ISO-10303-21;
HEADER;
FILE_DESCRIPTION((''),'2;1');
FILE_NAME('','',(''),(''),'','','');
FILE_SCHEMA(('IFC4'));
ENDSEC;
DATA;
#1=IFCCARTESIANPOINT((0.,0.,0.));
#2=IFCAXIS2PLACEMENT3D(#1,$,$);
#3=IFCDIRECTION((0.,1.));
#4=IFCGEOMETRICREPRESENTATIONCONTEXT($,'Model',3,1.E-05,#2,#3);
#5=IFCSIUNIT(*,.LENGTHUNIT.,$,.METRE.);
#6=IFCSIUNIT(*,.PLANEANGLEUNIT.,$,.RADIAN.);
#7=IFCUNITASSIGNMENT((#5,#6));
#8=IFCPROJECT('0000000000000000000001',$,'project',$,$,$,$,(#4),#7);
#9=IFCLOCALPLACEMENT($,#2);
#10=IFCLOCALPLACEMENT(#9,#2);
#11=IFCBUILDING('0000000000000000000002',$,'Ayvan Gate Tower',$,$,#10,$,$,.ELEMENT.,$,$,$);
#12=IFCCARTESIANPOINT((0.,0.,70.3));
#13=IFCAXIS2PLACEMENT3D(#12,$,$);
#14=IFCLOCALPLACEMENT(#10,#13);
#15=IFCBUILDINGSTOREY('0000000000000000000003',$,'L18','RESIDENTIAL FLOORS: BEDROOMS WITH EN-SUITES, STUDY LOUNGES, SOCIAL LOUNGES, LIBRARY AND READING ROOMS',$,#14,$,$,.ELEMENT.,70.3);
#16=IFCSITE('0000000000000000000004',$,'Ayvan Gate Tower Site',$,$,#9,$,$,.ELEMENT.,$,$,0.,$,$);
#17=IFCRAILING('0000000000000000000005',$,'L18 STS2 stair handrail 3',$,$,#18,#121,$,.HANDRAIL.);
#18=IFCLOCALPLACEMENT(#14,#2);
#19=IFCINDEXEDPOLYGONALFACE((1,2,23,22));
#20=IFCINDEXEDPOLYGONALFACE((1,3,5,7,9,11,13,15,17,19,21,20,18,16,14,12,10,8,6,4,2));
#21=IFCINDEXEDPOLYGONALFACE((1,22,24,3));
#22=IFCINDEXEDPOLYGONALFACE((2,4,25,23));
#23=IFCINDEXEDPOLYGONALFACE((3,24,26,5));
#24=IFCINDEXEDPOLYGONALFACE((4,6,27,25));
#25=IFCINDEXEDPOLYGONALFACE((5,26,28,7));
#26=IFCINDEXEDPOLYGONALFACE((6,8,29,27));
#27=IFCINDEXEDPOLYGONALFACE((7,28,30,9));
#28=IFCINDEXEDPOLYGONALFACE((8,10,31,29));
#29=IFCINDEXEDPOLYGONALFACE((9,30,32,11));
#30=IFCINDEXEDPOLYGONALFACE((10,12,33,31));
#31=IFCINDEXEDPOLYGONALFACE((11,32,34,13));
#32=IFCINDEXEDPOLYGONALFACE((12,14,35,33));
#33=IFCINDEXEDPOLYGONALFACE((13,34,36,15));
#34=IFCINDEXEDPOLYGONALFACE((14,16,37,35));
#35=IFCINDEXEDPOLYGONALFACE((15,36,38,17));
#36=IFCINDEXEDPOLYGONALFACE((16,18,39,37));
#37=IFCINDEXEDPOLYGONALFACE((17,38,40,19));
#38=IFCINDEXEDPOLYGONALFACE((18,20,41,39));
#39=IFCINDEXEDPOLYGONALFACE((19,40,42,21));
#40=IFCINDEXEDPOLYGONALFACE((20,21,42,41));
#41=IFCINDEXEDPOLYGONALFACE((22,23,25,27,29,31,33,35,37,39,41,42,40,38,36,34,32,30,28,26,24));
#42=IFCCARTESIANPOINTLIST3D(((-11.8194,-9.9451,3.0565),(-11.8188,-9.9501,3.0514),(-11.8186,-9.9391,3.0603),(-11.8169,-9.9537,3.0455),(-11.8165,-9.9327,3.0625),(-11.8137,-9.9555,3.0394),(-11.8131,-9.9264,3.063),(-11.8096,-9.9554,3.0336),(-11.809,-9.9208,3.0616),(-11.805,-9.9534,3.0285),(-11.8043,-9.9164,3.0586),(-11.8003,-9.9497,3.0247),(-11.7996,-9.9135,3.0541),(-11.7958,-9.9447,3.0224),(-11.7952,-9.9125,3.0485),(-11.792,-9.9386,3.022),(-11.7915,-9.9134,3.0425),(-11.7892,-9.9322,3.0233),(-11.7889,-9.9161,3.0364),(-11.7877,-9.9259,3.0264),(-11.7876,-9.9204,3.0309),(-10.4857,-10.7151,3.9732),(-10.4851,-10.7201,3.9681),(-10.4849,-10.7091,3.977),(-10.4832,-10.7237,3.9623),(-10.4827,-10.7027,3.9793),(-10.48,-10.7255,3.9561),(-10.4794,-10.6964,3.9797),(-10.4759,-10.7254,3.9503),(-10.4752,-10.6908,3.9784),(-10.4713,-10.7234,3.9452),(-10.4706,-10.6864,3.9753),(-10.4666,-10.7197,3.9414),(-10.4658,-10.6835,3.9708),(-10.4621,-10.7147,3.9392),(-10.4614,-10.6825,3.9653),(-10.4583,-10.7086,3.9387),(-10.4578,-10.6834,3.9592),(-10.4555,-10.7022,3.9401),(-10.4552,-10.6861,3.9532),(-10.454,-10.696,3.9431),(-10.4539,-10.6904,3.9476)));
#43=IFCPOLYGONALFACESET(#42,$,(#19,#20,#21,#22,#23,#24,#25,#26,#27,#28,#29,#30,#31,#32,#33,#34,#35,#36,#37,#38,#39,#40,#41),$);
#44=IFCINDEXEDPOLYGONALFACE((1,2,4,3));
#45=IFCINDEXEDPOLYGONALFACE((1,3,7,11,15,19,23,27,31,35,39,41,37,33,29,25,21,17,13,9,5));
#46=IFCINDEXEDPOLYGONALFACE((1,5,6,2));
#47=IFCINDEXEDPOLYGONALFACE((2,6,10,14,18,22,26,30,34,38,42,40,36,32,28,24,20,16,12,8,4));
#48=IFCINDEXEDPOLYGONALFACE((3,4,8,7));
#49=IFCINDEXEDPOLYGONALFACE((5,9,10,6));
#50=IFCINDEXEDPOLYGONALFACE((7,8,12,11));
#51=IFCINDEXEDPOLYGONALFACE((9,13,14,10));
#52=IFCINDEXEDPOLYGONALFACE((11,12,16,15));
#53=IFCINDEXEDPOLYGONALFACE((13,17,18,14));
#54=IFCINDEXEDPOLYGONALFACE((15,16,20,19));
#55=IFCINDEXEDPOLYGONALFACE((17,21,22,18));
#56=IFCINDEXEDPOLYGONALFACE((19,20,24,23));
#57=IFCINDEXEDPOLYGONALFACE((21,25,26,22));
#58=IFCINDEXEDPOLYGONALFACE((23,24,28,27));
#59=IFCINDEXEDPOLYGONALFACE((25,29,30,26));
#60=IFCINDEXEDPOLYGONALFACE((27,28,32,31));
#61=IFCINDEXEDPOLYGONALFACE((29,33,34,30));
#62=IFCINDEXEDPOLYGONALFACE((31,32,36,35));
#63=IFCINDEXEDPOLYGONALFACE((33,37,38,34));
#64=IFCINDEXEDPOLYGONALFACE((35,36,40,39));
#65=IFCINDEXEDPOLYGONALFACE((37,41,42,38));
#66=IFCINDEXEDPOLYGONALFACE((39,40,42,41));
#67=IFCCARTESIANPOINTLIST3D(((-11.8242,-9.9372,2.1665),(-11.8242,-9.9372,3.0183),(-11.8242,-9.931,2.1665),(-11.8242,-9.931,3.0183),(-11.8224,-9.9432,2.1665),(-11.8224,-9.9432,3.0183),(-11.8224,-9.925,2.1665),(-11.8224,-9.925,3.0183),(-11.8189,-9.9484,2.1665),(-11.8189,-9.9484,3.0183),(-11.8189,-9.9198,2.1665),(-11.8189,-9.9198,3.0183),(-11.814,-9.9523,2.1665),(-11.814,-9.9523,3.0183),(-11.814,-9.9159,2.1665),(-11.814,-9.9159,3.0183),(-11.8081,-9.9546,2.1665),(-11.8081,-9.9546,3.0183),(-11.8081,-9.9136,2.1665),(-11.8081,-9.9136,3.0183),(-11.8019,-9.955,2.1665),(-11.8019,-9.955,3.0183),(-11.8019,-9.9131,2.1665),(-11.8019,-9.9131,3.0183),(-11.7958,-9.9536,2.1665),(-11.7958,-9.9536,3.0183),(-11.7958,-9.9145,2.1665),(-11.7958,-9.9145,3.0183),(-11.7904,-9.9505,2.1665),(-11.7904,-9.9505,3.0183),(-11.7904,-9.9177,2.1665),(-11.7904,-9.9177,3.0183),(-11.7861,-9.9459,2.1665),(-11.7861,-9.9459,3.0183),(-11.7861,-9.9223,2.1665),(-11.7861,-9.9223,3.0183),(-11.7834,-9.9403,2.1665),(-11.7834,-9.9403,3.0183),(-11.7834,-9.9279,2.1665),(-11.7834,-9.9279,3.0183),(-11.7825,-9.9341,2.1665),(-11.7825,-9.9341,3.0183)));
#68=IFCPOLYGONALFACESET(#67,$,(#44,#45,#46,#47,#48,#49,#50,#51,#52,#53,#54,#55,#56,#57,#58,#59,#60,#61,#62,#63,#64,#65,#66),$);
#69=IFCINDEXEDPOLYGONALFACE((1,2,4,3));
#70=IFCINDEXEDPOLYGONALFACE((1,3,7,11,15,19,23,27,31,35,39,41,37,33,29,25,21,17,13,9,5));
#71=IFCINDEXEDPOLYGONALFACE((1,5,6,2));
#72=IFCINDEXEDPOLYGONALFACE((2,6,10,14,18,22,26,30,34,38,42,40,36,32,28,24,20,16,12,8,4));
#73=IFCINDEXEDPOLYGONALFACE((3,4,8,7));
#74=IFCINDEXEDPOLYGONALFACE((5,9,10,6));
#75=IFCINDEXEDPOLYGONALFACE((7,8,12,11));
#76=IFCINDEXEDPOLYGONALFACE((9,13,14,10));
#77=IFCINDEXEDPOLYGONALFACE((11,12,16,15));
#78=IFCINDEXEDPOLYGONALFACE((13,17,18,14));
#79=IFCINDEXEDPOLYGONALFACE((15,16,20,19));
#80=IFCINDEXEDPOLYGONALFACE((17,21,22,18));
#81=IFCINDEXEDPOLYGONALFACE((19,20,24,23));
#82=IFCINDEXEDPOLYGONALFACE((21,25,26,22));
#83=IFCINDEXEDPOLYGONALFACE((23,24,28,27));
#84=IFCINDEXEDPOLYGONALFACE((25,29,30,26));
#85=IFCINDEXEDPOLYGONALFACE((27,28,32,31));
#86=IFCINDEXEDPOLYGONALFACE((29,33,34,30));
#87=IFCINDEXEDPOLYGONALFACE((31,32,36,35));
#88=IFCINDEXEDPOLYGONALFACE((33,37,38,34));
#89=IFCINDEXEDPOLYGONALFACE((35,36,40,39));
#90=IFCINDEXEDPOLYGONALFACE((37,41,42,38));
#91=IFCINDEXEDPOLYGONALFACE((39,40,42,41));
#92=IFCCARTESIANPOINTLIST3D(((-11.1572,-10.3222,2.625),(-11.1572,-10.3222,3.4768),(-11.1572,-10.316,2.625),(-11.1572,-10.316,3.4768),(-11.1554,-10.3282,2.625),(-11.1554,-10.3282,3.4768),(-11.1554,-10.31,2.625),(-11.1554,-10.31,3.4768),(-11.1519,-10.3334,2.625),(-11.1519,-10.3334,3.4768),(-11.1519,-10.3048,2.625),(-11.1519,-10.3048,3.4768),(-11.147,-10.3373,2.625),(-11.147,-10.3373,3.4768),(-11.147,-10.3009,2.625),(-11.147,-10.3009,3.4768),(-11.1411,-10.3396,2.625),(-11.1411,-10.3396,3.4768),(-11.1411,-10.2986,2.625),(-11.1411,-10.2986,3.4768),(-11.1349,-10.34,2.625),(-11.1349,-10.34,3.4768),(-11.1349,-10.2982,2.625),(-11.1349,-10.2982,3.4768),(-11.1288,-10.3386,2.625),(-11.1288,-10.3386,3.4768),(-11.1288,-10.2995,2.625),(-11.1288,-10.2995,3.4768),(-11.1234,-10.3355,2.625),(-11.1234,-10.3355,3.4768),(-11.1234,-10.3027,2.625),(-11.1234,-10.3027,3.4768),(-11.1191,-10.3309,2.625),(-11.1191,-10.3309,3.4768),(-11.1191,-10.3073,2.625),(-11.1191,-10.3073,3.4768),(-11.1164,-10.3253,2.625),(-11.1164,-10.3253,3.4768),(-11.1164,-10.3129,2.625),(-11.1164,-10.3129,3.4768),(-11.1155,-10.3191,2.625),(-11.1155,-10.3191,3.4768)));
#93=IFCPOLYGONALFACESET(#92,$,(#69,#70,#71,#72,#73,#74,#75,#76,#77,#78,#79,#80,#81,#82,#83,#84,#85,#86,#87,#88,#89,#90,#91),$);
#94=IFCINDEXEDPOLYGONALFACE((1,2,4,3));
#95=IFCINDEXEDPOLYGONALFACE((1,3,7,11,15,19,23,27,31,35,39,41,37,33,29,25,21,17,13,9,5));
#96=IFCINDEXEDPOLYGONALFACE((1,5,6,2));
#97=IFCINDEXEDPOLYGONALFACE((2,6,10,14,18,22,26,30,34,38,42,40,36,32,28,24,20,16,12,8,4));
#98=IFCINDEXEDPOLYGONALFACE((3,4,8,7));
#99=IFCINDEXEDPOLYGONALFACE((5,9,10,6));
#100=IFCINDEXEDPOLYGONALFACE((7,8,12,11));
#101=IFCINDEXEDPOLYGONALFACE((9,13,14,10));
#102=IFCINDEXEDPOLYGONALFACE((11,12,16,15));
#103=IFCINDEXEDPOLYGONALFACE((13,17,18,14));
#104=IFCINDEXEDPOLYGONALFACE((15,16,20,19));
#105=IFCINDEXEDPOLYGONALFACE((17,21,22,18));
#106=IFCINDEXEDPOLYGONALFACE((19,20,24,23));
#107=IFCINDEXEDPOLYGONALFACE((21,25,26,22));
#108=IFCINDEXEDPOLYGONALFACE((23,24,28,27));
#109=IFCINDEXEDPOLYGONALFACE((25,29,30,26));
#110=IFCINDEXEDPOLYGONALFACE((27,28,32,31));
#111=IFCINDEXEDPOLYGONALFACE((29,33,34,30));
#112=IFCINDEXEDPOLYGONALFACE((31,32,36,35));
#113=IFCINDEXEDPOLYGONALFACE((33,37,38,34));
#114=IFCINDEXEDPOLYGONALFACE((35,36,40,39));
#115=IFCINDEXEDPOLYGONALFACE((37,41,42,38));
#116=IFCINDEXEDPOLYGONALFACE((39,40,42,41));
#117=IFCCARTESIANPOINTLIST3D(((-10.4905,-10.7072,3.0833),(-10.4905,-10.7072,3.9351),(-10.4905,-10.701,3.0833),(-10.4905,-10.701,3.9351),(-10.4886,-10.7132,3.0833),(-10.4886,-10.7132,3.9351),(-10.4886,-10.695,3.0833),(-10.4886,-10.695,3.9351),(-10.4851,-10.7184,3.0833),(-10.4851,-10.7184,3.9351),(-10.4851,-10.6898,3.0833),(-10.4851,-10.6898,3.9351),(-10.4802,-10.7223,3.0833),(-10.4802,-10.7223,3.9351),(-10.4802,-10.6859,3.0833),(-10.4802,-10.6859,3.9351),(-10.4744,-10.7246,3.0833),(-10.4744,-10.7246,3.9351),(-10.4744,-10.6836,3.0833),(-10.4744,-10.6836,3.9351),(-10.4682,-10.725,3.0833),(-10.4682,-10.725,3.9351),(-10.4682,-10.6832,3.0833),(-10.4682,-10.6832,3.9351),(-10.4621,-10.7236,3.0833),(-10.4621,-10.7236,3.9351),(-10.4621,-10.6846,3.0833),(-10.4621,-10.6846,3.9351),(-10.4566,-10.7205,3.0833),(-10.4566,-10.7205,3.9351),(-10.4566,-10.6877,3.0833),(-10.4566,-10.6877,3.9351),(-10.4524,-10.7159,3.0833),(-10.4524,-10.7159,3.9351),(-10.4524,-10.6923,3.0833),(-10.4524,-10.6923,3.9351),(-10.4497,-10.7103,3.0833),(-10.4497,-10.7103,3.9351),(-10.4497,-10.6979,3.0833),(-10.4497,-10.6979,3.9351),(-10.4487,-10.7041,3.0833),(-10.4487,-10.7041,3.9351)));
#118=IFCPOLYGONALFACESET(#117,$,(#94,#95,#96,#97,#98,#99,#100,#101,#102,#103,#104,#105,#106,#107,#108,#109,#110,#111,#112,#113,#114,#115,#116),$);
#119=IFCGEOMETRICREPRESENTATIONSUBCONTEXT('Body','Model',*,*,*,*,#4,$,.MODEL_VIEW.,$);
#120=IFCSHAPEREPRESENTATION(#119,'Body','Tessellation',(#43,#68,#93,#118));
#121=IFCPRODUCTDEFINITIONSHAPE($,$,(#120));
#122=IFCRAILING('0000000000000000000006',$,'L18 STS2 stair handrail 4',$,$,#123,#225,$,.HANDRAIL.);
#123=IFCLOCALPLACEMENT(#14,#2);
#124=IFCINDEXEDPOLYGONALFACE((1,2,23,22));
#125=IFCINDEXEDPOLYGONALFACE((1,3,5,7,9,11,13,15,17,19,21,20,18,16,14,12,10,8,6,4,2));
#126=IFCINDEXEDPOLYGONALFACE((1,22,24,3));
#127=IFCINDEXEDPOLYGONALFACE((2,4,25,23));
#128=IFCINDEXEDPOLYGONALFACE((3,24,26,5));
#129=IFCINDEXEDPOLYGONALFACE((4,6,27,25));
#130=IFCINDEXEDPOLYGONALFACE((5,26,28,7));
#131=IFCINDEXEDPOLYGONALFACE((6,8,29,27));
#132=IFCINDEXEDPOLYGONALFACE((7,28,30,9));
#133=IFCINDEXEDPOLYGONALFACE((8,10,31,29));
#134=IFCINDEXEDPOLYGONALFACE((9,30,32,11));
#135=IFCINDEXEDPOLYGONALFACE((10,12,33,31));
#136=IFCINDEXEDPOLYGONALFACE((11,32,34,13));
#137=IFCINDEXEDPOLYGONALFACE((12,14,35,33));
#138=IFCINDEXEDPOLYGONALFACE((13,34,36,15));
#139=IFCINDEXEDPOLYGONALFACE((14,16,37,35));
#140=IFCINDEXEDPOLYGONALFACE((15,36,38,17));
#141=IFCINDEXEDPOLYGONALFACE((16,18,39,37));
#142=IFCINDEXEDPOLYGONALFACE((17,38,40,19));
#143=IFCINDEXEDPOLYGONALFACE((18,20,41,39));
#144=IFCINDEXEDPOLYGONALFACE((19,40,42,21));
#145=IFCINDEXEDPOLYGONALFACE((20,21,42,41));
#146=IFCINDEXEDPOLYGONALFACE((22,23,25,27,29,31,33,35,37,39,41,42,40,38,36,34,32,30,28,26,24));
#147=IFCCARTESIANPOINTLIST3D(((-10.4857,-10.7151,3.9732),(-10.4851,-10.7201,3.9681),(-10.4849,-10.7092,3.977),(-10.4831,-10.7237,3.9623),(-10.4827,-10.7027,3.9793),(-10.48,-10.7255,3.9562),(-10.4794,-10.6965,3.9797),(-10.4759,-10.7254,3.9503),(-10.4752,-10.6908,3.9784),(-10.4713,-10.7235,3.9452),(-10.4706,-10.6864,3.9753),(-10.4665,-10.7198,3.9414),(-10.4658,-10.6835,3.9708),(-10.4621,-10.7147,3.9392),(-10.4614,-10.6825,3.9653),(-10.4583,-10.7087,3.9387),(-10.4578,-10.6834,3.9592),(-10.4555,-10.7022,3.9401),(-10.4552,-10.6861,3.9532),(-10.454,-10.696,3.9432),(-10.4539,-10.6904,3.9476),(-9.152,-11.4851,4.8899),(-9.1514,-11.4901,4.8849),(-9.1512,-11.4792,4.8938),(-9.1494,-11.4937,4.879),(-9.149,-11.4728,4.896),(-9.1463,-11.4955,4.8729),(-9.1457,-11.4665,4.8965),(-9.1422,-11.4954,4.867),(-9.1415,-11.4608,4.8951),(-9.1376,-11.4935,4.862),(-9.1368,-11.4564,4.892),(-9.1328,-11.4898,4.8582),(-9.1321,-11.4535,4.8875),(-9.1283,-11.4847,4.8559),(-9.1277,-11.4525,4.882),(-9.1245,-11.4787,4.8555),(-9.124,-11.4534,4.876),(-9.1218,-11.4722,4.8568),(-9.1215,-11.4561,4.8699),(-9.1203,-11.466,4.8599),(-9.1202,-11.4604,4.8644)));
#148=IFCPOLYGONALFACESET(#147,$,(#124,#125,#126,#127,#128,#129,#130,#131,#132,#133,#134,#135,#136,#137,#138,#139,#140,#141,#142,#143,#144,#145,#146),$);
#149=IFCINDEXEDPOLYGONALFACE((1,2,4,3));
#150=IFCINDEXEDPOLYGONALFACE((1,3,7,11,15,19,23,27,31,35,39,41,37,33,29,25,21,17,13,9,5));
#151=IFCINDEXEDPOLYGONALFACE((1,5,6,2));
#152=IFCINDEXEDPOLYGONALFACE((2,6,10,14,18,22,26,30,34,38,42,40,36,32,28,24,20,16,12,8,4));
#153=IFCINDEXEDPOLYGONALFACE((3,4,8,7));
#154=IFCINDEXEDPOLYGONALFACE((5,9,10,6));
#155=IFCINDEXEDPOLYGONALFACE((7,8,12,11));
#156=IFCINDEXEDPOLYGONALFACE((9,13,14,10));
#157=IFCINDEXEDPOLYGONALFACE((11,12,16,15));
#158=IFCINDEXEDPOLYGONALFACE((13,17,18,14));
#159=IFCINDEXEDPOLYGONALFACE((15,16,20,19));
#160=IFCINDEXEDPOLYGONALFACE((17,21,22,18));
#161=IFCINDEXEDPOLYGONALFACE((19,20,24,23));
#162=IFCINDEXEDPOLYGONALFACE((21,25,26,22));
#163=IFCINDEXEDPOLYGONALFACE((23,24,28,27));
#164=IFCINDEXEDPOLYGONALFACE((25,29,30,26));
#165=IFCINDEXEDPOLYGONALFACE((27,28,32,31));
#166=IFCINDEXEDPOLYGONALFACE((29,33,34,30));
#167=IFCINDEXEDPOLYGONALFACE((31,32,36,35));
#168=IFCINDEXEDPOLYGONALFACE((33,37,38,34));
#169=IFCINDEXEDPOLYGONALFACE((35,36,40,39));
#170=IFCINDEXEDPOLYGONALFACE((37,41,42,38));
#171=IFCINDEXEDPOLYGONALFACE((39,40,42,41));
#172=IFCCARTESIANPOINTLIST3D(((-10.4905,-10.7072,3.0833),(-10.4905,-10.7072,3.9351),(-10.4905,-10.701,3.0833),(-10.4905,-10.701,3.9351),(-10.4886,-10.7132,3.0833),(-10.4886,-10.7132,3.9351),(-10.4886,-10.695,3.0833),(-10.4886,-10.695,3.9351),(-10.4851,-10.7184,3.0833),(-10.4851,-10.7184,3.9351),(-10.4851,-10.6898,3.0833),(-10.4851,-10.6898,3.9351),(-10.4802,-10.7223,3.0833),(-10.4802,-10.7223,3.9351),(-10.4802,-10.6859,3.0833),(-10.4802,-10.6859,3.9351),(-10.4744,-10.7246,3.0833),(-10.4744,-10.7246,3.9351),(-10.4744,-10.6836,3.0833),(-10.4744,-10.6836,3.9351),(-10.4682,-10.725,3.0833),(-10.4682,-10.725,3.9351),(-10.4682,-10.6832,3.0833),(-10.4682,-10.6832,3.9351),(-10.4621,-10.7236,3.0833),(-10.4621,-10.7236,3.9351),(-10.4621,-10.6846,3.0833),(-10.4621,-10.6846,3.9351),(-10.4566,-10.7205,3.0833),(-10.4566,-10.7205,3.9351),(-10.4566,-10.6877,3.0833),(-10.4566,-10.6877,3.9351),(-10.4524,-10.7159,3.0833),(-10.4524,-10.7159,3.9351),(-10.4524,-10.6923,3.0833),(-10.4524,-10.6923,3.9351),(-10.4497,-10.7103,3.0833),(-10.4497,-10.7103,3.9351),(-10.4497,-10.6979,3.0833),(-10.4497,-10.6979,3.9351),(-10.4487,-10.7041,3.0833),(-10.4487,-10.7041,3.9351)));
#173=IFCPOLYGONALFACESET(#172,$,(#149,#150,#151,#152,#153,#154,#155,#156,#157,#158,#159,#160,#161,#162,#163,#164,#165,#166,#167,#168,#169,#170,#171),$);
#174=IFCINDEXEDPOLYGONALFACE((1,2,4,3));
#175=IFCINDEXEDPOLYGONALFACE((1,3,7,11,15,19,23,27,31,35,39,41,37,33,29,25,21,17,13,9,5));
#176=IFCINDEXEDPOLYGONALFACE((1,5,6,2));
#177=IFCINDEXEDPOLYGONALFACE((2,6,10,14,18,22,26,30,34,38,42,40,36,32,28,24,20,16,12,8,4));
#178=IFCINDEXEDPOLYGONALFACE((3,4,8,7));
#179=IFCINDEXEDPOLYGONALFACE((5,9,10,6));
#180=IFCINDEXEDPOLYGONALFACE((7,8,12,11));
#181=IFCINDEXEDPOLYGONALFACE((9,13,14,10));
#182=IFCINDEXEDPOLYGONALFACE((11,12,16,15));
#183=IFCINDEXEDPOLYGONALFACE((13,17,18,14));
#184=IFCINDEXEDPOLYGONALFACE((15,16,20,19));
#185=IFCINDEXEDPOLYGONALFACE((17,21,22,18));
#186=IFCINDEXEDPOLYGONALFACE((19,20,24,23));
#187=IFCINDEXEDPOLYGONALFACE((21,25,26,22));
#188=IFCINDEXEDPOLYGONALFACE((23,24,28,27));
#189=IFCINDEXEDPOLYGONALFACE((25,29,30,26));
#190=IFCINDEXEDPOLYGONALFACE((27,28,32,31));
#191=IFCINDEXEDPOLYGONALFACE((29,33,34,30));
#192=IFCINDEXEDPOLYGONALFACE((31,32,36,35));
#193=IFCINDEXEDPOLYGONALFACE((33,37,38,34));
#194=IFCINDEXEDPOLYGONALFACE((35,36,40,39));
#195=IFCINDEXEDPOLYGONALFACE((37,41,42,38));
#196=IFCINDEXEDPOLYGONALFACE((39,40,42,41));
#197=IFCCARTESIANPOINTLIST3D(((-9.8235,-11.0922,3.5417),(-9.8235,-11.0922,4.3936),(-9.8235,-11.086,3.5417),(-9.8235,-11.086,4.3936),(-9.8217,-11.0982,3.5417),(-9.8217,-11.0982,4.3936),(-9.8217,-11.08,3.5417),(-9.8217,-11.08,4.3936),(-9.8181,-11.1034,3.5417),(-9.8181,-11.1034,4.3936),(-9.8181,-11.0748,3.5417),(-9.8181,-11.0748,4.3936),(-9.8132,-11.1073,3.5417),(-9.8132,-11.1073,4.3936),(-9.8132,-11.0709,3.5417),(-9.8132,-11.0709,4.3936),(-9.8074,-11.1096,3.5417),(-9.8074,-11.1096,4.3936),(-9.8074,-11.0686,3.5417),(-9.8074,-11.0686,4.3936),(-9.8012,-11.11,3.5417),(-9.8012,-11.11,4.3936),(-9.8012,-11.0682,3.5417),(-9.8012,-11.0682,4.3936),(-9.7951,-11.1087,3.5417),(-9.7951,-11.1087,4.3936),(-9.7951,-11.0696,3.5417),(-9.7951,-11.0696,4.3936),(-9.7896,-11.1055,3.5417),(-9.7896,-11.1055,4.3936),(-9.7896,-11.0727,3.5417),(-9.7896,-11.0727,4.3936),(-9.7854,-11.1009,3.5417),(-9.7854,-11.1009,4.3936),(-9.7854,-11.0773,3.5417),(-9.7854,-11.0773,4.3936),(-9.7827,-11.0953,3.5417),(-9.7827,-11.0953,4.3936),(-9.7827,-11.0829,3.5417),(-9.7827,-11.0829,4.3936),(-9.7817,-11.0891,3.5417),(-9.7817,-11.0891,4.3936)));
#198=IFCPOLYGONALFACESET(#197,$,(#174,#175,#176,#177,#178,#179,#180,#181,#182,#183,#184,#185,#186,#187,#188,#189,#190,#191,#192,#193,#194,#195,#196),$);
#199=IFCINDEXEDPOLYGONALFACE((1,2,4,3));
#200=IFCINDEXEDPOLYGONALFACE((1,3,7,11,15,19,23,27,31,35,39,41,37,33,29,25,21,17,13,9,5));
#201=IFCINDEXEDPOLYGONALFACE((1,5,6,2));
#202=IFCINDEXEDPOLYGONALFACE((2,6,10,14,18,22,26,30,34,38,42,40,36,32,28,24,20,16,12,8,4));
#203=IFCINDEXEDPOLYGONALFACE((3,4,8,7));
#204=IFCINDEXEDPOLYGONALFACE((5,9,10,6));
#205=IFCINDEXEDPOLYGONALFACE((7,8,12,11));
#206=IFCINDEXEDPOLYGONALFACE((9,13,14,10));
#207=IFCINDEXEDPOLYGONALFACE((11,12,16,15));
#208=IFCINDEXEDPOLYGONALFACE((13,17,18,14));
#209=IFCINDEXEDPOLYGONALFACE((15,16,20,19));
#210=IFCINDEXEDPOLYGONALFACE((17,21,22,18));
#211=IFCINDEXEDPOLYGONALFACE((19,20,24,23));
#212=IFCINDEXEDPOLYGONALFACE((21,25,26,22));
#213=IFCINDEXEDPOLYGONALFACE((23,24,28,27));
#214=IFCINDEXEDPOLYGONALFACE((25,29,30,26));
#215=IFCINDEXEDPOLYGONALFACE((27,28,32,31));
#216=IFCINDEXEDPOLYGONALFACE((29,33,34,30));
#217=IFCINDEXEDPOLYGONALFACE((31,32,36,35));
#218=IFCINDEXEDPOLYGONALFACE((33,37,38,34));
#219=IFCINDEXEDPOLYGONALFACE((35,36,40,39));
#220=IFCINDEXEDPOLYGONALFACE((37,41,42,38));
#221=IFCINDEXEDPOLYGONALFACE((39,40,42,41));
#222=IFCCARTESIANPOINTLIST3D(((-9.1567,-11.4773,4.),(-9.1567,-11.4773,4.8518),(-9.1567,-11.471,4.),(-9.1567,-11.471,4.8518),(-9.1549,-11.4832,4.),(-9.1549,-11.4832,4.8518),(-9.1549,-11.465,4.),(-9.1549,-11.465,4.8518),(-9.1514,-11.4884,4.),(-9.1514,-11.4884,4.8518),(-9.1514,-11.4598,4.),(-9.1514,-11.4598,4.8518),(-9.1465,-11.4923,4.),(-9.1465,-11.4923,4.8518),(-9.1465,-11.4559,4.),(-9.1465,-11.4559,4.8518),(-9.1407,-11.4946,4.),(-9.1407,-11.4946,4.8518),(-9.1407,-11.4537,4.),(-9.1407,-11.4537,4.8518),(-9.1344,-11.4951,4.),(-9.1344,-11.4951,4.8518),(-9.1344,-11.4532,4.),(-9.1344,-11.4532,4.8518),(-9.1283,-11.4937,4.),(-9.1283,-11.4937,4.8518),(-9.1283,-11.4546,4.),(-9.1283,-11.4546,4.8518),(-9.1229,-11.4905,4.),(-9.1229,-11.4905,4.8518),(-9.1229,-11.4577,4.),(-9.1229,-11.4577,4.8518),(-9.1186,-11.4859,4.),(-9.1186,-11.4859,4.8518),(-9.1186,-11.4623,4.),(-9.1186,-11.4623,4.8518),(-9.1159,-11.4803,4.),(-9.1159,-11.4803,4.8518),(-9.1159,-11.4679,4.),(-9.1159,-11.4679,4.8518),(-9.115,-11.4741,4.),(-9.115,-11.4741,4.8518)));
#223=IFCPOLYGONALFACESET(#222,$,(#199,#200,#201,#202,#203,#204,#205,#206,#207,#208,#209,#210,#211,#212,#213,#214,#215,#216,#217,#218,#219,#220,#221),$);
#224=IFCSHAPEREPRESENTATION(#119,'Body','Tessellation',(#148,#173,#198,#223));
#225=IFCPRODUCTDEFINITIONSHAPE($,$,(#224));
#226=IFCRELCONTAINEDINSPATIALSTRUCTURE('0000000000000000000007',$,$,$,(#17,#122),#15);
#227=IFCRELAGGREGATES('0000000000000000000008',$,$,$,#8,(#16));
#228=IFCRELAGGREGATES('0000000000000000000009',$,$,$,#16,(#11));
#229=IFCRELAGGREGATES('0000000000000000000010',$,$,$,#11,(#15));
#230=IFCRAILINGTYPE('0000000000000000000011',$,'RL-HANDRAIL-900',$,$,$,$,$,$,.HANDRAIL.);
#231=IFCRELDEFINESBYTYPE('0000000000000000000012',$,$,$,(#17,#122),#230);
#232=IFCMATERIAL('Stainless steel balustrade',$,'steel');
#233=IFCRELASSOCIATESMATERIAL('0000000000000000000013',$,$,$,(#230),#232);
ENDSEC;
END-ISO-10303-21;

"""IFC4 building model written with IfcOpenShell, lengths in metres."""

from ifc_helpers import new_model, si_unit, direction, frame, origin, origin_2d, place, context, subcontext, project, spatial, circle, extrude, material, type_object, element, save


model = new_model("IFC4")

# Units and contexts
model_context = context("Model", 3, precision=1e-05, world=origin(), true_north=direction((0.0, 1.0)))
body_context = subcontext(model_context, "Body", "Model", "MODEL_VIEW")
ifc_project = project(units=[si_unit("LENGTHUNIT", "METRE"), si_unit("PLANEANGLEUNIT", "RADIAN")], contexts=[model_context])

# Site, building, storey
site_placement = place(None, origin())
site = spatial("IfcSite", under=ifc_project, at=site_placement, Name="Ayvan Gate Tower Site", CompositionType="ELEMENT", RefElevation=0.0)
building_placement = place(site_placement, origin())
building = spatial("IfcBuilding", under=site, at=building_placement, Name="Ayvan Gate Tower", CompositionType="ELEMENT")
storey_placement = place(building_placement, frame((0.0, 0.0, 70.3)))
storey = spatial("IfcBuildingStorey", under=building, at=storey_placement, Name="L18", Description="RESIDENTIAL FLOORS: BEDROOMS WITH EN-SUITES, STUDY LOUNGES, SOCIAL LOUNGES, LIBRARY AND READING ROOMS", CompositionType="ELEMENT", Elevation=70.3)

# Railings
ifc_material_1 = material(Name="Stainless steel balustrade", Category="steel")
railing_type_1 = type_object("IfcRailingType", Name="RL-HANDRAIL-900", PredefinedType="HANDRAIL", material=ifc_material_1)
for number, where, name in (
    (1, (-11.8035, -9.9341, 2.1665), "L18 STS2 stair handrail 3"),
    (2, (-10.4697, -10.7041, 3.0833), "L18 STS2 stair handrail 4"),
):
    element("IfcRailing", number, at=place(storey_placement, frame(where)), inside=storey, type_object=railing_type_1, Name=name, PredefinedType="HANDRAIL", context=body_context, shape_type="SweptSolid", body=[
        extrude(circle(Radius=0.0239, at=origin_2d()), frame((0.0, 0.0, 0.876), z_axis=(0.744164, -0.429634, 0.511502), x_axis=(0.499992, 0.86603, 0.0)), (0.0, 0.0, 1.0), 1.7922),
        extrude(circle(Radius=0.021, at=origin_2d()), origin(), (0.0, 0.0, 1.0), 0.8518),
        extrude(circle(Radius=0.021, at=origin_2d()), frame((0.667, -0.385, 0.4585)), (0.0, 0.0, 1.0), 0.8518),
        extrude(circle(Radius=0.021, at=origin_2d()), frame((1.3337, -0.77, 0.9167)), (0.0, 0.0, 1.0), 0.8518),
    ])

save(model, "model.ifc")
